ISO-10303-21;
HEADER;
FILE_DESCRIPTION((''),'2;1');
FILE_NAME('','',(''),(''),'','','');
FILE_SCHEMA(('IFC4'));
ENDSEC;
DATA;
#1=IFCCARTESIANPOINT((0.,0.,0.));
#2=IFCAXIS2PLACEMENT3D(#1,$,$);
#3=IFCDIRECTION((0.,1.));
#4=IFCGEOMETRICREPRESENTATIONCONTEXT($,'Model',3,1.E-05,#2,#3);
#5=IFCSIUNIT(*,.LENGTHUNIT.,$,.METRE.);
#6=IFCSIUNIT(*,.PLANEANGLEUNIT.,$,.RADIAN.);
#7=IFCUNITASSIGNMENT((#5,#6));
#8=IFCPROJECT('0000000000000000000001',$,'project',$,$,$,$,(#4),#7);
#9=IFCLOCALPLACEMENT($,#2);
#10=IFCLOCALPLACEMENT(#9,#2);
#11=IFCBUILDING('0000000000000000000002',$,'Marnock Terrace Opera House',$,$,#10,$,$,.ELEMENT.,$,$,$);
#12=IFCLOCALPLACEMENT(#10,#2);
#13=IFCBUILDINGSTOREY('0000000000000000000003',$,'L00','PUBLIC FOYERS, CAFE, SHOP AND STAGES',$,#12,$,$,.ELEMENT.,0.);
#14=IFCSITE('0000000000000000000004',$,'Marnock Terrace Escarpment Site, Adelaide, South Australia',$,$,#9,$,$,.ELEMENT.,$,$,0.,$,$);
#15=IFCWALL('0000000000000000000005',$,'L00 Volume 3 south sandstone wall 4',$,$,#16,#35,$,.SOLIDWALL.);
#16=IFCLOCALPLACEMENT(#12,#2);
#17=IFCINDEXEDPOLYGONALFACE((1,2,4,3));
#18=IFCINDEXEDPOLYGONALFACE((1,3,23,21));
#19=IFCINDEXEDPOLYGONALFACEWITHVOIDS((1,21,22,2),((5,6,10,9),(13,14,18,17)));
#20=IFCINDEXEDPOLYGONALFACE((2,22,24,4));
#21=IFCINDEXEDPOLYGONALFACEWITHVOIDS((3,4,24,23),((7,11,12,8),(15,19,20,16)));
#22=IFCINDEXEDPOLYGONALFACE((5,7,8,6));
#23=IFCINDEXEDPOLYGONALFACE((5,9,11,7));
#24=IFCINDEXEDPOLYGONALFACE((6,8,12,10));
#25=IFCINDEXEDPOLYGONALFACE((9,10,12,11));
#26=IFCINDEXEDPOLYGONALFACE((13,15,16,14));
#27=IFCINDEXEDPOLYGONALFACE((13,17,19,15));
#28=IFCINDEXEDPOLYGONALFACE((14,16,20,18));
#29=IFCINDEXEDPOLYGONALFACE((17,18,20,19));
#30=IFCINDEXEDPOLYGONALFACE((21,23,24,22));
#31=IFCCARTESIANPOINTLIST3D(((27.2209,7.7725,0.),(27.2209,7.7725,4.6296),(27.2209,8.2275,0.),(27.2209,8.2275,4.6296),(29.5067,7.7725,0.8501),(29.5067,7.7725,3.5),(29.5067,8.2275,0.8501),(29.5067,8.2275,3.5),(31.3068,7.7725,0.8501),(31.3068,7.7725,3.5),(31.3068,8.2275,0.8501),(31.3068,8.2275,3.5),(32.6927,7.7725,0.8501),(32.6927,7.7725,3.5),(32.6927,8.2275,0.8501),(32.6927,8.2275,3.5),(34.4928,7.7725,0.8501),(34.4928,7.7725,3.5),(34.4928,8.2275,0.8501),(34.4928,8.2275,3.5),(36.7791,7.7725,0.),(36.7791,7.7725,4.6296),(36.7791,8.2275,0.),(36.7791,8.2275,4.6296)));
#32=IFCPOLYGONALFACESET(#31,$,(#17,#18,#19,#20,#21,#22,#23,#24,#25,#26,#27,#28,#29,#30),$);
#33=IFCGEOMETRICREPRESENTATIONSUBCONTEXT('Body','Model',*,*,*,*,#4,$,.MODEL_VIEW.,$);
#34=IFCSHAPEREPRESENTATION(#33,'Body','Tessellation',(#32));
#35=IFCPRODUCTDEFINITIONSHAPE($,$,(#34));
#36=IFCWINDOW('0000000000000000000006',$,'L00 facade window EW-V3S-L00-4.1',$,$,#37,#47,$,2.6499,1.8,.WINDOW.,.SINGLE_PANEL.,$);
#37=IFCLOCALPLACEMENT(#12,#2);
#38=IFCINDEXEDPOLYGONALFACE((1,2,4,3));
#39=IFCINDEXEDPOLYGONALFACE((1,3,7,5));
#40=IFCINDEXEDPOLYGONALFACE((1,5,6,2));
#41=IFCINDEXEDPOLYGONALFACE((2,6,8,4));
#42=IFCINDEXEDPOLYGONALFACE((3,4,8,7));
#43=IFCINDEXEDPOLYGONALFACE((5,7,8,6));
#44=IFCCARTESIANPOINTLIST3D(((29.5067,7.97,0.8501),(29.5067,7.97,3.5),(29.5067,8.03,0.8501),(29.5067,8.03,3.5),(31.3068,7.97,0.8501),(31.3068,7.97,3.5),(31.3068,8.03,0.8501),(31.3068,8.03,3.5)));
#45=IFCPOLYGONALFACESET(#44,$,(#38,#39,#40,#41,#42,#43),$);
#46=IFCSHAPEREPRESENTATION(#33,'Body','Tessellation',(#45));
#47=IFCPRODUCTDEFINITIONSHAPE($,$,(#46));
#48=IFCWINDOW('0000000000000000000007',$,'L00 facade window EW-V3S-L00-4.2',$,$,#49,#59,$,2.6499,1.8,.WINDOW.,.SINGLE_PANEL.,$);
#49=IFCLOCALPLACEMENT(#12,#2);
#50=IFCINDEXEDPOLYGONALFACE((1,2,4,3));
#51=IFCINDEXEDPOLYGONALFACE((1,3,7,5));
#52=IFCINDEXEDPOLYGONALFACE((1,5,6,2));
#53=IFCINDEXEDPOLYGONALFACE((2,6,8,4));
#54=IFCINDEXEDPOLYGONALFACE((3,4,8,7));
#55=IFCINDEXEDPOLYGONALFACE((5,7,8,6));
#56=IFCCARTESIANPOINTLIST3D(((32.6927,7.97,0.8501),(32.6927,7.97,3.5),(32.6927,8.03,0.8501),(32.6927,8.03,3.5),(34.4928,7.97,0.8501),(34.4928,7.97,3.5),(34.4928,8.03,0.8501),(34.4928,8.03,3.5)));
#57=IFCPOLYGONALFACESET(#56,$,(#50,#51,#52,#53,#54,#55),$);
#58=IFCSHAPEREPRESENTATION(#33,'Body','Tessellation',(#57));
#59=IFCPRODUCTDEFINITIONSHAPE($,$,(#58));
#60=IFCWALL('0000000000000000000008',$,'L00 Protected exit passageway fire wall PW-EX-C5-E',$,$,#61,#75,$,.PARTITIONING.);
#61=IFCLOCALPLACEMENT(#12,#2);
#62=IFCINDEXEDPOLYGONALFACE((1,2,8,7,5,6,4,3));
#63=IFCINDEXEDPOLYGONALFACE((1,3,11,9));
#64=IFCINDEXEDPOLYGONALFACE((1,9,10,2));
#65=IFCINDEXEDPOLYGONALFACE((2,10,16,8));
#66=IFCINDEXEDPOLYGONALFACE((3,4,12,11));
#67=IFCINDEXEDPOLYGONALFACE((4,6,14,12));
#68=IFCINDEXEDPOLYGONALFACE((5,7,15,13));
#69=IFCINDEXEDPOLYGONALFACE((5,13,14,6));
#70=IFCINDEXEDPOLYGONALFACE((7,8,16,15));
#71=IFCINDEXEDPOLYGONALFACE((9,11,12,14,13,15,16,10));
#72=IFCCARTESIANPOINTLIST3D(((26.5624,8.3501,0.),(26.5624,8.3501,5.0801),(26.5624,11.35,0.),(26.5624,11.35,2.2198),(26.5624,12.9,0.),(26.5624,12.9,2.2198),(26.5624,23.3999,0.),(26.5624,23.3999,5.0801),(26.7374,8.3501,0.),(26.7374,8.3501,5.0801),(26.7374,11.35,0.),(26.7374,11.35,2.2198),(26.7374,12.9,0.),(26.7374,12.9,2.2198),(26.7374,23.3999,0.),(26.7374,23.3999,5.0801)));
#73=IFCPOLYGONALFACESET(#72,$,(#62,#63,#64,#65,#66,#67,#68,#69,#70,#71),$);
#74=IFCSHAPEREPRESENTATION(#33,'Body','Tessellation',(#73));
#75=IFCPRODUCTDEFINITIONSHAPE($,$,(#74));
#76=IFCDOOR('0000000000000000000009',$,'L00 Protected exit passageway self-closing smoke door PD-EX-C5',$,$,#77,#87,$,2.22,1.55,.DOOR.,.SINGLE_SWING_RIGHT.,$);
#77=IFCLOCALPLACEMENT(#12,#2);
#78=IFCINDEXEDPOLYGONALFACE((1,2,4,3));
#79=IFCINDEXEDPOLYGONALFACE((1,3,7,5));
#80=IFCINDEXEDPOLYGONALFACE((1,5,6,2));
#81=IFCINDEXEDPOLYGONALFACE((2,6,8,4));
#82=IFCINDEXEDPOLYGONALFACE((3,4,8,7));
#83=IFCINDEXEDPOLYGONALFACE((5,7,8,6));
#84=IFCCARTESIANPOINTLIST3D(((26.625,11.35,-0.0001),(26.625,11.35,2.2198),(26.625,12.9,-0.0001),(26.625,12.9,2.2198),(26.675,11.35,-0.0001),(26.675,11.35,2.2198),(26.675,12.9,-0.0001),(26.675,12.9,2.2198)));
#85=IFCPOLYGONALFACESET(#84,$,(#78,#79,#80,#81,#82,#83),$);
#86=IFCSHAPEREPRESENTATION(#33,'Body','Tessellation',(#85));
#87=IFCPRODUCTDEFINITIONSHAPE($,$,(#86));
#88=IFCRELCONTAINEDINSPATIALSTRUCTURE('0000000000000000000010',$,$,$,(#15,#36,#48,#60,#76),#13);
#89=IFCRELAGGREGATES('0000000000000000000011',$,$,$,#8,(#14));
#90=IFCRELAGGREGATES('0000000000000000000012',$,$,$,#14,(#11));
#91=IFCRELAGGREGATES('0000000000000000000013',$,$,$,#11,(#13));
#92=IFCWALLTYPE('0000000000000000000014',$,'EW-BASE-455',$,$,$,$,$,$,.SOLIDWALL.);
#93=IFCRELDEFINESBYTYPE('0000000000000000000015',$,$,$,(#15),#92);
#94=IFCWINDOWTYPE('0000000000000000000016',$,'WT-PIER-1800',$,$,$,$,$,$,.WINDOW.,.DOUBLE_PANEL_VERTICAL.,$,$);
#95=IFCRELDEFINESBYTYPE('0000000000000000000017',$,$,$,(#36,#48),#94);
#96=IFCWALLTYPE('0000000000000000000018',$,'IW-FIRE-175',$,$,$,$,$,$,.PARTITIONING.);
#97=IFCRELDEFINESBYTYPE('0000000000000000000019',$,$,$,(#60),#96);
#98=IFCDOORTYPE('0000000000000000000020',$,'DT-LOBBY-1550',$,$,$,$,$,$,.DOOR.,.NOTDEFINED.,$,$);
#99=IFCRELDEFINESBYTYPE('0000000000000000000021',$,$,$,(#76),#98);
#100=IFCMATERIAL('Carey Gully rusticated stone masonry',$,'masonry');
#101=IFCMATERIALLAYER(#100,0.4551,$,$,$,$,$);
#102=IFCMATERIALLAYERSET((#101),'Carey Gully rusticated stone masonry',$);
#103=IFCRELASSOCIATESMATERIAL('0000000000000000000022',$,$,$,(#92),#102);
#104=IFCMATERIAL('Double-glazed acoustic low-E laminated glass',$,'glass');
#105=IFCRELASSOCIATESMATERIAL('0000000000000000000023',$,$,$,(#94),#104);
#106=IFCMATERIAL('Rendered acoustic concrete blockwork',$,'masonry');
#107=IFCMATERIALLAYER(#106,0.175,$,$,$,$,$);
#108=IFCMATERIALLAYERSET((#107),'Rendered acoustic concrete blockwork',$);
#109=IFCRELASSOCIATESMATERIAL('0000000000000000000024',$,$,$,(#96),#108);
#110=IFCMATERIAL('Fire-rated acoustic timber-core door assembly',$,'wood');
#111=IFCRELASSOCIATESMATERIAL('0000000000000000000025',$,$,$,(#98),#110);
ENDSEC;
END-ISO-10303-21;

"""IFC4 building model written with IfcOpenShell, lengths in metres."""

from ifc_helpers import new_model, si_unit, direction, frame, frame_2d, origin, place, context, subcontext, project, spatial, rectangle, extrude, material, layer, layer_set, type_object, element, fill, save


model = new_model("IFC4")

# Units and contexts
model_context = context("Model", 3, precision=1e-05, world=origin(), true_north=direction((0.0, 1.0)))
body_context = subcontext(model_context, "Body", "Model", "MODEL_VIEW")
ifc_project = project(units=[si_unit("LENGTHUNIT", "METRE"), si_unit("PLANEANGLEUNIT", "RADIAN")], contexts=[model_context])

# Site, building, storey
site_placement = place(None, origin())
site = spatial("IfcSite", under=ifc_project, at=site_placement, Name="Marnock Terrace Escarpment Site, Adelaide, South Australia", CompositionType="ELEMENT", RefElevation=0.0)
building_placement = place(site_placement, origin())
building = spatial("IfcBuilding", under=site, at=building_placement, Name="Marnock Terrace Opera House", CompositionType="ELEMENT")
storey_placement = place(building_placement, origin())
storey = spatial("IfcBuildingStorey", under=building, at=storey_placement, Name="L00", Description="PUBLIC FOYERS, CAFE, SHOP AND STAGES", CompositionType="ELEMENT", Elevation=0.0)

# Shared definitions
ifc_material_1 = material(Name="Carey Gully rusticated stone masonry", Category="masonry")
ifc_layer_1 = layer(ifc_material_1, 0.4551)
ifc_layer_set_1 = layer_set([ifc_layer_1], Name="Carey Gully rusticated stone masonry")
wall_type_1 = type_object("IfcWallType", Name="EW-BASE-455", PredefinedType="SOLIDWALL", material=ifc_layer_set_1)

# Wall, openings, windows
wall_1_placement = place(storey_placement, frame((27.2209, 8.0, 0.0), z_axis=(0.0, 0.0, 1.0), x_axis=(1.0, 0.0, 0.0)))
wall_1 = element("IfcWall", 1, at=wall_1_placement, inside=storey, type_object=wall_type_1, Name="L00 Volume 3 south sandstone wall 4", PredefinedType="SOLIDWALL", context=body_context, shape_type="SweptSolid", body=[
    extrude(rectangle(XDim=9.5581, YDim=0.4551, at=frame_2d((4.7791, 0.0))), origin(), (0.0, 0.0, 1.0), 4.6296),
])
opening_1_placement = place(wall_1_placement, frame((2.2859, 0.0, 0.8501)))
opening_1 = element("IfcOpeningElement", 2, at=opening_1_placement, cuts=wall_1, PredefinedType="OPENING", context=body_context, shape_type="SweptSolid", body=[
    extrude(rectangle(XDim=1.8, YDim=2.6499, at=frame_2d((0.8999, 1.325))), frame((0.0, 0.2375, 0.0), z_axis=(0.0, -1.0, 0.0), x_axis=(1.0, 0.0, 0.0)), (0.0, 0.0, 1.0), 0.4751),
])
opening_2_placement = place(wall_1_placement, frame((5.4719, 0.0, 0.8501)))
opening_2 = element("IfcOpeningElement", 3, at=opening_2_placement, cuts=wall_1, PredefinedType="OPENING", context=body_context, shape_type="SweptSolid", body=[
    extrude(rectangle(XDim=1.8, YDim=2.6499, at=frame_2d((0.8999, 1.325))), frame((0.0, 0.2375, 0.0), z_axis=(0.0, -1.0, 0.0), x_axis=(1.0, 0.0, 0.0)), (0.0, 0.0, 1.0), 0.4751),
])
ifc_material_2 = material(Name="Double-glazed acoustic low-E laminated glass", Category="glass")
window_type = type_object("IfcWindowType", Name="WT-PIER-1800", PartitioningType="DOUBLE_PANEL_VERTICAL", PredefinedType="WINDOW", material=ifc_material_2)
window_1_placement = place(opening_1_placement, origin())
window_1 = element("IfcWindow", 4, at=window_1_placement, inside=storey, type_object=window_type, Name="L00 facade window EW-V3S-L00-4.1", OverallHeight=2.6499, OverallWidth=1.8, PartitioningType="SINGLE_PANEL", PredefinedType="WINDOW", context=body_context, shape_type="SweptSolid", body=[
    extrude(rectangle(XDim=1.8, YDim=2.6499, at=frame_2d((0.8999, 1.325))), frame((0.0, 0.03, 0.0), z_axis=(0.0, -1.0, 0.0), x_axis=(1.0, 0.0, 0.0)), (0.0, 0.0, 1.0), 0.0601),
])
fill(opening_1, window_1)
window_2_placement = place(opening_2_placement, origin())
window_2 = element("IfcWindow", 5, at=window_2_placement, inside=storey, type_object=window_type, Name="L00 facade window EW-V3S-L00-4.2", OverallHeight=2.6499, OverallWidth=1.8, PartitioningType="SINGLE_PANEL", PredefinedType="WINDOW", context=body_context, shape_type="SweptSolid", body=[
    extrude(rectangle(XDim=1.8, YDim=2.6499, at=frame_2d((0.8999, 1.325))), frame((0.0, 0.03, 0.0), z_axis=(0.0, -1.0, 0.0), x_axis=(1.0, 0.0, 0.0)), (0.0, 0.0, 1.0), 0.0601),
])
fill(opening_2, window_2)

# Wall, opening, door
ifc_material_3 = material(Name="Rendered acoustic concrete blockwork", Category="masonry")
ifc_layer_2 = layer(ifc_material_3, 0.175)
ifc_layer_set_2 = layer_set([ifc_layer_2], Name="Rendered acoustic concrete blockwork")
wall_type_2 = type_object("IfcWallType", Name="IW-FIRE-175", PredefinedType="PARTITIONING", material=ifc_layer_set_2)
wall_2_placement = place(storey_placement, frame((26.6499, 8.3501, 0.0), z_axis=(0.0, 0.0, 1.0), x_axis=(0.0, 1.0, 0.0)))
wall_2 = element("IfcWall", 6, at=wall_2_placement, inside=storey, type_object=wall_type_2, Name="L00 Protected exit passageway fire wall PW-EX-C5-E", PredefinedType="PARTITIONING", context=body_context, shape_type="SweptSolid", body=[
    extrude(rectangle(XDim=15.0498, YDim=0.175, at=frame_2d((7.5249, 0.0))), origin(), (0.0, 0.0, 1.0), 5.0801),
])
opening_3_placement = place(wall_2_placement, frame((3.0, 0.0, 0.0)))
opening_3 = element("IfcOpeningElement", 7, at=opening_3_placement, cuts=wall_2, PredefinedType="OPENING", context=body_context, shape_type="SweptSolid", body=[
    extrude(rectangle(XDim=1.55, YDim=2.22, at=frame_2d((0.7749, 1.1099))), frame((0.0, 0.0974, 0.0), z_axis=(0.0, -1.0, 0.0), x_axis=(1.0, 0.0, 0.0)), (0.0, 0.0, 1.0), 0.1951),
])
ifc_material_4 = material(Name="Fire-rated acoustic timber-core door assembly", Category="wood")
door_type_1 = type_object("IfcDoorType", Name="DT-LOBBY-1550", OperationType="NOTDEFINED", PredefinedType="DOOR", material=ifc_material_4)
door_1_placement = place(opening_3_placement, origin())
door_1 = element("IfcDoor", 8, at=door_1_placement, inside=storey, type_object=door_type_1, Name="L00 Protected exit passageway self-closing smoke door PD-EX-C5", OperationType="SINGLE_SWING_RIGHT", OverallHeight=2.22, OverallWidth=1.55, PredefinedType="DOOR", context=body_context, shape_type="SweptSolid", body=[
    extrude(rectangle(XDim=1.55, YDim=2.22, at=frame_2d((0.7749, 1.1099))), frame((0.0, 0.0249, 0.0), z_axis=(0.0, -1.0, 0.0), x_axis=(1.0, 0.0, 0.0)), (0.0, 0.0, 1.0), 0.05),
])
fill(opening_3, door_1)

save(model, "model.ifc")
